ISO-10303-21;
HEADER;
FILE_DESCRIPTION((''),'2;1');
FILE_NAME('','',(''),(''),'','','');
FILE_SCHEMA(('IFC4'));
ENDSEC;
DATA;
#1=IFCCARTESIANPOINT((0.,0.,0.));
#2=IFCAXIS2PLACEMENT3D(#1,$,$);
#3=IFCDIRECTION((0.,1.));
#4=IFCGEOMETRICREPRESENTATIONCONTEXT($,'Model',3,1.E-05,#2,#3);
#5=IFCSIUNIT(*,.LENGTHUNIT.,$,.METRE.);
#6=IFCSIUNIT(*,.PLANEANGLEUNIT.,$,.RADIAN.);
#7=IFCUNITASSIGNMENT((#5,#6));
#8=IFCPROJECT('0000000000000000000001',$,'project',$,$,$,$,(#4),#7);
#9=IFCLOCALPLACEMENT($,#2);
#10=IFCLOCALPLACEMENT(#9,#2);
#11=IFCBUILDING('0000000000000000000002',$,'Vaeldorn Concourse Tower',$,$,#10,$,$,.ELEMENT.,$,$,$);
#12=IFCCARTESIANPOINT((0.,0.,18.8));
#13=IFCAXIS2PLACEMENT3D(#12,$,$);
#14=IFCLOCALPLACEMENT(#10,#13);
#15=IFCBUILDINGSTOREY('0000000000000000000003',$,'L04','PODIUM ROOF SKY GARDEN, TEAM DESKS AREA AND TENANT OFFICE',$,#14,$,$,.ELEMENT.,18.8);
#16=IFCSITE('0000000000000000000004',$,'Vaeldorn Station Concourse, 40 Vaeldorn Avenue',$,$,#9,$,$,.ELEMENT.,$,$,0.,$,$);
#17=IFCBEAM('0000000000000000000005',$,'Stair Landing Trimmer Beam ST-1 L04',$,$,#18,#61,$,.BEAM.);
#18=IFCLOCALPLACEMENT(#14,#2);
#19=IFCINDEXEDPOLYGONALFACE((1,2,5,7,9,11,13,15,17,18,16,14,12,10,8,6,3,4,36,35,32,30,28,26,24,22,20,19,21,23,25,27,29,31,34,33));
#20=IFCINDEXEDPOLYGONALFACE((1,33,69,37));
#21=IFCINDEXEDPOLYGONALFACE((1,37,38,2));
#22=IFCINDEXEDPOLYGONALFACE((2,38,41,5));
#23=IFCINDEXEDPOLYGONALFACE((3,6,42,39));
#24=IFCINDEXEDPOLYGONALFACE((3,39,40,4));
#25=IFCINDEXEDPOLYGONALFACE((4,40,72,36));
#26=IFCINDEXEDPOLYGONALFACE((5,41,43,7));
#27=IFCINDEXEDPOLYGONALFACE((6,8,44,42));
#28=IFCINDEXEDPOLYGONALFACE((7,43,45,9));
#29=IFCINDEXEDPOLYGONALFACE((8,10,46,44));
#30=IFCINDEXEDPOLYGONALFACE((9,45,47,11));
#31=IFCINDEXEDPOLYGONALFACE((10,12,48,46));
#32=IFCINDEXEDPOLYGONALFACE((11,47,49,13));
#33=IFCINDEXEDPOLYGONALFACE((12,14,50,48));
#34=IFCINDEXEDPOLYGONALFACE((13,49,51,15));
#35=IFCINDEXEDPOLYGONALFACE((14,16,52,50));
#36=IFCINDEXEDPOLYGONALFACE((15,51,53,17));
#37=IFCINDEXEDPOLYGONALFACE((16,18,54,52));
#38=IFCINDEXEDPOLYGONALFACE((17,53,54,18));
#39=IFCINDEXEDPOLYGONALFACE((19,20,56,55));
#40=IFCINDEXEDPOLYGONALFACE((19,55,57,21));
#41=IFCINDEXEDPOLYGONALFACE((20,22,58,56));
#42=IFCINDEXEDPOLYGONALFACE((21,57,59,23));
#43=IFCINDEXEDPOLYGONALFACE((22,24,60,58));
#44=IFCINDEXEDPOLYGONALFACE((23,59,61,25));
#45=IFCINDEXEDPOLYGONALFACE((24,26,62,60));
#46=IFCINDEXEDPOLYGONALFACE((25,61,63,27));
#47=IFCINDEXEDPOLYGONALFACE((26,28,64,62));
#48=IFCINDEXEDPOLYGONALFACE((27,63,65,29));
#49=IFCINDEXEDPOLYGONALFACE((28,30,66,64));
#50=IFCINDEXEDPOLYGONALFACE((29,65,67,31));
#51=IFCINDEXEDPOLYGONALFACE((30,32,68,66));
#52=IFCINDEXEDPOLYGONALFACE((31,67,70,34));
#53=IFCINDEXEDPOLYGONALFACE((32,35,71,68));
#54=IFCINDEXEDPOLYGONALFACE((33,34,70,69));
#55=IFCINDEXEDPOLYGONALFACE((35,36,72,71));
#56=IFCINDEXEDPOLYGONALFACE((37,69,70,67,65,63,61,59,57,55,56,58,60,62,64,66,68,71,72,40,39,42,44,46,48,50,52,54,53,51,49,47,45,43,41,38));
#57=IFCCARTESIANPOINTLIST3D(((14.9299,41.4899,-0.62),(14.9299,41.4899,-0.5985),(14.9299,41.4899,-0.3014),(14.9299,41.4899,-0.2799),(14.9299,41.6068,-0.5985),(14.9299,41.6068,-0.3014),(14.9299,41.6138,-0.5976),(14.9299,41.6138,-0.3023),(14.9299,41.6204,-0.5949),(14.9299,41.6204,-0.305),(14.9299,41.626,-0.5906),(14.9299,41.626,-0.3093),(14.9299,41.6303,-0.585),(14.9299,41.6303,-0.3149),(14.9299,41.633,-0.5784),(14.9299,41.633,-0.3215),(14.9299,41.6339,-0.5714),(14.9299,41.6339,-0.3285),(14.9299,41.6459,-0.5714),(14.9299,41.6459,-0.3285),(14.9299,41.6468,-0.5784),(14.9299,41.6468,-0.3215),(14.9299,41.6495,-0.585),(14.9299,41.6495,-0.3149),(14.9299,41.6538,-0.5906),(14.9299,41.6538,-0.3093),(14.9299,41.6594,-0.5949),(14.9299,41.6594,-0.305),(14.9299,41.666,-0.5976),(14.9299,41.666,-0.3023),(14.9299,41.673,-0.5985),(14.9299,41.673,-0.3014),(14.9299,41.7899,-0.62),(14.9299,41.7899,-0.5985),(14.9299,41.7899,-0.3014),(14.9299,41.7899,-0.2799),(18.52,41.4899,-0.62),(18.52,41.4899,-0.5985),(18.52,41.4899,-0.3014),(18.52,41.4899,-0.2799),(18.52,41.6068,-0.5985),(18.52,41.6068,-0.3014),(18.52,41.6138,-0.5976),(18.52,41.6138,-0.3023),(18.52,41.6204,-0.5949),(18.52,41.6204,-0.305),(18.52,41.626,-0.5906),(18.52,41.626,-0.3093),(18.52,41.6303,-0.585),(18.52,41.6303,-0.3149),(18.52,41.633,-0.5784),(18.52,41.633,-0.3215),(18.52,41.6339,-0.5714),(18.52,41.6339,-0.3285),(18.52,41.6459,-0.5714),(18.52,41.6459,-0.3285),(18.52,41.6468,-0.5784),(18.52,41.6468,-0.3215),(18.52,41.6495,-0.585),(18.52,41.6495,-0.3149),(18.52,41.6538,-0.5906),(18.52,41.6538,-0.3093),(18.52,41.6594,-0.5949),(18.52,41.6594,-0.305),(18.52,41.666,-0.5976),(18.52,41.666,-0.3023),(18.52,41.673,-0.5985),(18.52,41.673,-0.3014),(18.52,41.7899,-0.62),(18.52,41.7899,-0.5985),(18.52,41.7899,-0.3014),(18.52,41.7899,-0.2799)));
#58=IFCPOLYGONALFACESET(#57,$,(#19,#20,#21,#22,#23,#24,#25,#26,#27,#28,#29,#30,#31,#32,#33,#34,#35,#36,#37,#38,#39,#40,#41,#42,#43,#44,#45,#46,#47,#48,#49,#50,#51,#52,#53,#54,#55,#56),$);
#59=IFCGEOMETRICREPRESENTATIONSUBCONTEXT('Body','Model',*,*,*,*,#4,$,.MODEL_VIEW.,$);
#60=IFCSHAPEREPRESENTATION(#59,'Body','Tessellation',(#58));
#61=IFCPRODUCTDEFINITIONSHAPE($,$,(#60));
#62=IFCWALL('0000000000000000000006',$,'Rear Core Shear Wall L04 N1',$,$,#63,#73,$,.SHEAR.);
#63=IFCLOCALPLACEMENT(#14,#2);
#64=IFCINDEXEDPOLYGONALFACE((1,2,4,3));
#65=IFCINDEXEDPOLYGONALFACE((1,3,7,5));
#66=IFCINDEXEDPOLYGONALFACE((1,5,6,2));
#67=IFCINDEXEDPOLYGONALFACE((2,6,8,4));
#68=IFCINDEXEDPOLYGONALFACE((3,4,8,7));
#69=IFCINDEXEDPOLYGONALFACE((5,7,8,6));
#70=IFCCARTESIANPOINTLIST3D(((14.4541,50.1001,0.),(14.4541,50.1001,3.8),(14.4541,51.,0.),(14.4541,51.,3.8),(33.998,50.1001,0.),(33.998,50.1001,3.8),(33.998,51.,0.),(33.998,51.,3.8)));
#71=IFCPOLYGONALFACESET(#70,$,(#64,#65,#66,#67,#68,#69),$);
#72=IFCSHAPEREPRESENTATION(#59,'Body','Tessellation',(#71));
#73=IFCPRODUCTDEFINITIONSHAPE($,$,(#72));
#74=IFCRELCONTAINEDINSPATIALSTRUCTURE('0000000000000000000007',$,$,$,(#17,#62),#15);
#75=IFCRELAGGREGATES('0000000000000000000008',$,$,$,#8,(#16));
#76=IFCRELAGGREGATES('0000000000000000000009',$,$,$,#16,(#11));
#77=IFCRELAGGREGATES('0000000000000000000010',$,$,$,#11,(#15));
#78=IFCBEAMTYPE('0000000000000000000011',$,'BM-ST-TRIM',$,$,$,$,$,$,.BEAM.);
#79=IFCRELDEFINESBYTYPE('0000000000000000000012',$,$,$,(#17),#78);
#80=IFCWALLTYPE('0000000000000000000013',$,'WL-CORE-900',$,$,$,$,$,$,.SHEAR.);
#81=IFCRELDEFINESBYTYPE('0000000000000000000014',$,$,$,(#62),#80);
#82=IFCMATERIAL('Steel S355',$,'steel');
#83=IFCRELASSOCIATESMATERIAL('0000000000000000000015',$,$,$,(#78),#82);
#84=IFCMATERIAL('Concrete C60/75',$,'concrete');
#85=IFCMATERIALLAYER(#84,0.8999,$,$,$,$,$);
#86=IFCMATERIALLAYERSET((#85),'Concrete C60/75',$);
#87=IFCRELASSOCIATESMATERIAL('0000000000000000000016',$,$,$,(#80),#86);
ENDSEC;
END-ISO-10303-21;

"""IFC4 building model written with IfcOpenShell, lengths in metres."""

from ifc_helpers import new_model, si_unit, direction, frame, frame_2d, origin, origin_2d, place, context, subcontext, project, spatial, rectangle, i_section, extrude, source, transform, mapped, material, layer, layer_set, material_profile, profile_set, type_object, element, save


model = new_model("IFC4")

# Units and contexts
model_context = context("Model", 3, precision=1e-05, world=origin(), true_north=direction((0.0, 1.0)))
body_context = subcontext(model_context, "Body", "Model", "MODEL_VIEW")
ifc_project = project(units=[si_unit("LENGTHUNIT", "METRE"), si_unit("PLANEANGLEUNIT", "RADIAN")], contexts=[model_context])

# Site, building, storey
site_placement = place(None, origin())
site = spatial("IfcSite", under=ifc_project, at=site_placement, Name="Vaeldorn Station Concourse, 40 Vaeldorn Avenue", CompositionType="ELEMENT", RefElevation=0.0)
building_placement = place(site_placement, origin())
building = spatial("IfcBuilding", under=site, at=building_placement, Name="Vaeldorn Concourse Tower", CompositionType="ELEMENT")
storey_placement = place(building_placement, frame((0.0, 0.0, 18.8)))
storey = spatial("IfcBuildingStorey", under=building, at=storey_placement, Name="L04", Description="PODIUM ROOF SKY GARDEN, TEAM DESKS AREA AND TENANT OFFICE", CompositionType="ELEMENT", Elevation=18.8)

# Beam
ifc_material_1 = material(Name="Steel S355", Category="steel")
ifc_material_profile = material_profile(ifc_material_1, i_section(OverallWidth=0.3, OverallDepth=0.3401, WebThickness=0.012, FlangeThickness=0.0215, FilletRadius=0.0271, at=origin_2d()), Name="HEB 340")
ifc_profile_set = profile_set([ifc_material_profile], Name="Steel S355")
beam_type = type_object("IfcBeamType", Name="BM-ST-TRIM", PredefinedType="BEAM", material=ifc_profile_set)
shared_shape_1 = source(origin(), body_context, "Body", "SweptSolid", [
    extrude(i_section(OverallWidth=0.3, OverallDepth=0.3401, WebThickness=0.012, FlangeThickness=0.0215, FilletRadius=0.0271, at=origin_2d()), origin(), (0.0, 0.0, 1.0), 3.5901),
])
beam_placement = place(storey_placement, frame((14.9299, 41.6399, -0.45), z_axis=(1.0, 0.0, 0.0), x_axis=(0.0, 1.0, 0.0)))
element("IfcBeam", 1, at=beam_placement, inside=storey, type_object=beam_type, Name="Stair Landing Trimmer Beam ST-1 L04", PredefinedType="BEAM", context=body_context, shape_type="MappedRepresentation", body=[
    mapped(shared_shape_1, transform((0.0, 0.0, 0.0), scale=1.0)),
])

# Wall
ifc_material_2 = material(Name="Concrete C60/75", Category="concrete")
ifc_layer_1 = layer(ifc_material_2, 0.8999)
ifc_layer_set_1 = layer_set([ifc_layer_1], Name="Concrete C60/75")
wall_type_1 = type_object("IfcWallType", Name="WL-CORE-900", PredefinedType="SHEAR", material=ifc_layer_set_1)
wall_1_placement = place(storey_placement, frame((14.4541, 50.55, 0.0), z_axis=(0.0, 0.0, 1.0), x_axis=(1.0, 0.0, 0.0)))
element("IfcWall", 2, at=wall_1_placement, inside=storey, type_object=wall_type_1, Name="Rear Core Shear Wall L04 N1", PredefinedType="SHEAR", context=body_context, shape_type="SweptSolid", body=[
    extrude(rectangle(XDim=19.5439, YDim=0.8999, at=frame_2d((9.772, 0.0))), origin(), (0.0, 0.0, 1.0), 3.8),
])

save(model, "model.ifc")
